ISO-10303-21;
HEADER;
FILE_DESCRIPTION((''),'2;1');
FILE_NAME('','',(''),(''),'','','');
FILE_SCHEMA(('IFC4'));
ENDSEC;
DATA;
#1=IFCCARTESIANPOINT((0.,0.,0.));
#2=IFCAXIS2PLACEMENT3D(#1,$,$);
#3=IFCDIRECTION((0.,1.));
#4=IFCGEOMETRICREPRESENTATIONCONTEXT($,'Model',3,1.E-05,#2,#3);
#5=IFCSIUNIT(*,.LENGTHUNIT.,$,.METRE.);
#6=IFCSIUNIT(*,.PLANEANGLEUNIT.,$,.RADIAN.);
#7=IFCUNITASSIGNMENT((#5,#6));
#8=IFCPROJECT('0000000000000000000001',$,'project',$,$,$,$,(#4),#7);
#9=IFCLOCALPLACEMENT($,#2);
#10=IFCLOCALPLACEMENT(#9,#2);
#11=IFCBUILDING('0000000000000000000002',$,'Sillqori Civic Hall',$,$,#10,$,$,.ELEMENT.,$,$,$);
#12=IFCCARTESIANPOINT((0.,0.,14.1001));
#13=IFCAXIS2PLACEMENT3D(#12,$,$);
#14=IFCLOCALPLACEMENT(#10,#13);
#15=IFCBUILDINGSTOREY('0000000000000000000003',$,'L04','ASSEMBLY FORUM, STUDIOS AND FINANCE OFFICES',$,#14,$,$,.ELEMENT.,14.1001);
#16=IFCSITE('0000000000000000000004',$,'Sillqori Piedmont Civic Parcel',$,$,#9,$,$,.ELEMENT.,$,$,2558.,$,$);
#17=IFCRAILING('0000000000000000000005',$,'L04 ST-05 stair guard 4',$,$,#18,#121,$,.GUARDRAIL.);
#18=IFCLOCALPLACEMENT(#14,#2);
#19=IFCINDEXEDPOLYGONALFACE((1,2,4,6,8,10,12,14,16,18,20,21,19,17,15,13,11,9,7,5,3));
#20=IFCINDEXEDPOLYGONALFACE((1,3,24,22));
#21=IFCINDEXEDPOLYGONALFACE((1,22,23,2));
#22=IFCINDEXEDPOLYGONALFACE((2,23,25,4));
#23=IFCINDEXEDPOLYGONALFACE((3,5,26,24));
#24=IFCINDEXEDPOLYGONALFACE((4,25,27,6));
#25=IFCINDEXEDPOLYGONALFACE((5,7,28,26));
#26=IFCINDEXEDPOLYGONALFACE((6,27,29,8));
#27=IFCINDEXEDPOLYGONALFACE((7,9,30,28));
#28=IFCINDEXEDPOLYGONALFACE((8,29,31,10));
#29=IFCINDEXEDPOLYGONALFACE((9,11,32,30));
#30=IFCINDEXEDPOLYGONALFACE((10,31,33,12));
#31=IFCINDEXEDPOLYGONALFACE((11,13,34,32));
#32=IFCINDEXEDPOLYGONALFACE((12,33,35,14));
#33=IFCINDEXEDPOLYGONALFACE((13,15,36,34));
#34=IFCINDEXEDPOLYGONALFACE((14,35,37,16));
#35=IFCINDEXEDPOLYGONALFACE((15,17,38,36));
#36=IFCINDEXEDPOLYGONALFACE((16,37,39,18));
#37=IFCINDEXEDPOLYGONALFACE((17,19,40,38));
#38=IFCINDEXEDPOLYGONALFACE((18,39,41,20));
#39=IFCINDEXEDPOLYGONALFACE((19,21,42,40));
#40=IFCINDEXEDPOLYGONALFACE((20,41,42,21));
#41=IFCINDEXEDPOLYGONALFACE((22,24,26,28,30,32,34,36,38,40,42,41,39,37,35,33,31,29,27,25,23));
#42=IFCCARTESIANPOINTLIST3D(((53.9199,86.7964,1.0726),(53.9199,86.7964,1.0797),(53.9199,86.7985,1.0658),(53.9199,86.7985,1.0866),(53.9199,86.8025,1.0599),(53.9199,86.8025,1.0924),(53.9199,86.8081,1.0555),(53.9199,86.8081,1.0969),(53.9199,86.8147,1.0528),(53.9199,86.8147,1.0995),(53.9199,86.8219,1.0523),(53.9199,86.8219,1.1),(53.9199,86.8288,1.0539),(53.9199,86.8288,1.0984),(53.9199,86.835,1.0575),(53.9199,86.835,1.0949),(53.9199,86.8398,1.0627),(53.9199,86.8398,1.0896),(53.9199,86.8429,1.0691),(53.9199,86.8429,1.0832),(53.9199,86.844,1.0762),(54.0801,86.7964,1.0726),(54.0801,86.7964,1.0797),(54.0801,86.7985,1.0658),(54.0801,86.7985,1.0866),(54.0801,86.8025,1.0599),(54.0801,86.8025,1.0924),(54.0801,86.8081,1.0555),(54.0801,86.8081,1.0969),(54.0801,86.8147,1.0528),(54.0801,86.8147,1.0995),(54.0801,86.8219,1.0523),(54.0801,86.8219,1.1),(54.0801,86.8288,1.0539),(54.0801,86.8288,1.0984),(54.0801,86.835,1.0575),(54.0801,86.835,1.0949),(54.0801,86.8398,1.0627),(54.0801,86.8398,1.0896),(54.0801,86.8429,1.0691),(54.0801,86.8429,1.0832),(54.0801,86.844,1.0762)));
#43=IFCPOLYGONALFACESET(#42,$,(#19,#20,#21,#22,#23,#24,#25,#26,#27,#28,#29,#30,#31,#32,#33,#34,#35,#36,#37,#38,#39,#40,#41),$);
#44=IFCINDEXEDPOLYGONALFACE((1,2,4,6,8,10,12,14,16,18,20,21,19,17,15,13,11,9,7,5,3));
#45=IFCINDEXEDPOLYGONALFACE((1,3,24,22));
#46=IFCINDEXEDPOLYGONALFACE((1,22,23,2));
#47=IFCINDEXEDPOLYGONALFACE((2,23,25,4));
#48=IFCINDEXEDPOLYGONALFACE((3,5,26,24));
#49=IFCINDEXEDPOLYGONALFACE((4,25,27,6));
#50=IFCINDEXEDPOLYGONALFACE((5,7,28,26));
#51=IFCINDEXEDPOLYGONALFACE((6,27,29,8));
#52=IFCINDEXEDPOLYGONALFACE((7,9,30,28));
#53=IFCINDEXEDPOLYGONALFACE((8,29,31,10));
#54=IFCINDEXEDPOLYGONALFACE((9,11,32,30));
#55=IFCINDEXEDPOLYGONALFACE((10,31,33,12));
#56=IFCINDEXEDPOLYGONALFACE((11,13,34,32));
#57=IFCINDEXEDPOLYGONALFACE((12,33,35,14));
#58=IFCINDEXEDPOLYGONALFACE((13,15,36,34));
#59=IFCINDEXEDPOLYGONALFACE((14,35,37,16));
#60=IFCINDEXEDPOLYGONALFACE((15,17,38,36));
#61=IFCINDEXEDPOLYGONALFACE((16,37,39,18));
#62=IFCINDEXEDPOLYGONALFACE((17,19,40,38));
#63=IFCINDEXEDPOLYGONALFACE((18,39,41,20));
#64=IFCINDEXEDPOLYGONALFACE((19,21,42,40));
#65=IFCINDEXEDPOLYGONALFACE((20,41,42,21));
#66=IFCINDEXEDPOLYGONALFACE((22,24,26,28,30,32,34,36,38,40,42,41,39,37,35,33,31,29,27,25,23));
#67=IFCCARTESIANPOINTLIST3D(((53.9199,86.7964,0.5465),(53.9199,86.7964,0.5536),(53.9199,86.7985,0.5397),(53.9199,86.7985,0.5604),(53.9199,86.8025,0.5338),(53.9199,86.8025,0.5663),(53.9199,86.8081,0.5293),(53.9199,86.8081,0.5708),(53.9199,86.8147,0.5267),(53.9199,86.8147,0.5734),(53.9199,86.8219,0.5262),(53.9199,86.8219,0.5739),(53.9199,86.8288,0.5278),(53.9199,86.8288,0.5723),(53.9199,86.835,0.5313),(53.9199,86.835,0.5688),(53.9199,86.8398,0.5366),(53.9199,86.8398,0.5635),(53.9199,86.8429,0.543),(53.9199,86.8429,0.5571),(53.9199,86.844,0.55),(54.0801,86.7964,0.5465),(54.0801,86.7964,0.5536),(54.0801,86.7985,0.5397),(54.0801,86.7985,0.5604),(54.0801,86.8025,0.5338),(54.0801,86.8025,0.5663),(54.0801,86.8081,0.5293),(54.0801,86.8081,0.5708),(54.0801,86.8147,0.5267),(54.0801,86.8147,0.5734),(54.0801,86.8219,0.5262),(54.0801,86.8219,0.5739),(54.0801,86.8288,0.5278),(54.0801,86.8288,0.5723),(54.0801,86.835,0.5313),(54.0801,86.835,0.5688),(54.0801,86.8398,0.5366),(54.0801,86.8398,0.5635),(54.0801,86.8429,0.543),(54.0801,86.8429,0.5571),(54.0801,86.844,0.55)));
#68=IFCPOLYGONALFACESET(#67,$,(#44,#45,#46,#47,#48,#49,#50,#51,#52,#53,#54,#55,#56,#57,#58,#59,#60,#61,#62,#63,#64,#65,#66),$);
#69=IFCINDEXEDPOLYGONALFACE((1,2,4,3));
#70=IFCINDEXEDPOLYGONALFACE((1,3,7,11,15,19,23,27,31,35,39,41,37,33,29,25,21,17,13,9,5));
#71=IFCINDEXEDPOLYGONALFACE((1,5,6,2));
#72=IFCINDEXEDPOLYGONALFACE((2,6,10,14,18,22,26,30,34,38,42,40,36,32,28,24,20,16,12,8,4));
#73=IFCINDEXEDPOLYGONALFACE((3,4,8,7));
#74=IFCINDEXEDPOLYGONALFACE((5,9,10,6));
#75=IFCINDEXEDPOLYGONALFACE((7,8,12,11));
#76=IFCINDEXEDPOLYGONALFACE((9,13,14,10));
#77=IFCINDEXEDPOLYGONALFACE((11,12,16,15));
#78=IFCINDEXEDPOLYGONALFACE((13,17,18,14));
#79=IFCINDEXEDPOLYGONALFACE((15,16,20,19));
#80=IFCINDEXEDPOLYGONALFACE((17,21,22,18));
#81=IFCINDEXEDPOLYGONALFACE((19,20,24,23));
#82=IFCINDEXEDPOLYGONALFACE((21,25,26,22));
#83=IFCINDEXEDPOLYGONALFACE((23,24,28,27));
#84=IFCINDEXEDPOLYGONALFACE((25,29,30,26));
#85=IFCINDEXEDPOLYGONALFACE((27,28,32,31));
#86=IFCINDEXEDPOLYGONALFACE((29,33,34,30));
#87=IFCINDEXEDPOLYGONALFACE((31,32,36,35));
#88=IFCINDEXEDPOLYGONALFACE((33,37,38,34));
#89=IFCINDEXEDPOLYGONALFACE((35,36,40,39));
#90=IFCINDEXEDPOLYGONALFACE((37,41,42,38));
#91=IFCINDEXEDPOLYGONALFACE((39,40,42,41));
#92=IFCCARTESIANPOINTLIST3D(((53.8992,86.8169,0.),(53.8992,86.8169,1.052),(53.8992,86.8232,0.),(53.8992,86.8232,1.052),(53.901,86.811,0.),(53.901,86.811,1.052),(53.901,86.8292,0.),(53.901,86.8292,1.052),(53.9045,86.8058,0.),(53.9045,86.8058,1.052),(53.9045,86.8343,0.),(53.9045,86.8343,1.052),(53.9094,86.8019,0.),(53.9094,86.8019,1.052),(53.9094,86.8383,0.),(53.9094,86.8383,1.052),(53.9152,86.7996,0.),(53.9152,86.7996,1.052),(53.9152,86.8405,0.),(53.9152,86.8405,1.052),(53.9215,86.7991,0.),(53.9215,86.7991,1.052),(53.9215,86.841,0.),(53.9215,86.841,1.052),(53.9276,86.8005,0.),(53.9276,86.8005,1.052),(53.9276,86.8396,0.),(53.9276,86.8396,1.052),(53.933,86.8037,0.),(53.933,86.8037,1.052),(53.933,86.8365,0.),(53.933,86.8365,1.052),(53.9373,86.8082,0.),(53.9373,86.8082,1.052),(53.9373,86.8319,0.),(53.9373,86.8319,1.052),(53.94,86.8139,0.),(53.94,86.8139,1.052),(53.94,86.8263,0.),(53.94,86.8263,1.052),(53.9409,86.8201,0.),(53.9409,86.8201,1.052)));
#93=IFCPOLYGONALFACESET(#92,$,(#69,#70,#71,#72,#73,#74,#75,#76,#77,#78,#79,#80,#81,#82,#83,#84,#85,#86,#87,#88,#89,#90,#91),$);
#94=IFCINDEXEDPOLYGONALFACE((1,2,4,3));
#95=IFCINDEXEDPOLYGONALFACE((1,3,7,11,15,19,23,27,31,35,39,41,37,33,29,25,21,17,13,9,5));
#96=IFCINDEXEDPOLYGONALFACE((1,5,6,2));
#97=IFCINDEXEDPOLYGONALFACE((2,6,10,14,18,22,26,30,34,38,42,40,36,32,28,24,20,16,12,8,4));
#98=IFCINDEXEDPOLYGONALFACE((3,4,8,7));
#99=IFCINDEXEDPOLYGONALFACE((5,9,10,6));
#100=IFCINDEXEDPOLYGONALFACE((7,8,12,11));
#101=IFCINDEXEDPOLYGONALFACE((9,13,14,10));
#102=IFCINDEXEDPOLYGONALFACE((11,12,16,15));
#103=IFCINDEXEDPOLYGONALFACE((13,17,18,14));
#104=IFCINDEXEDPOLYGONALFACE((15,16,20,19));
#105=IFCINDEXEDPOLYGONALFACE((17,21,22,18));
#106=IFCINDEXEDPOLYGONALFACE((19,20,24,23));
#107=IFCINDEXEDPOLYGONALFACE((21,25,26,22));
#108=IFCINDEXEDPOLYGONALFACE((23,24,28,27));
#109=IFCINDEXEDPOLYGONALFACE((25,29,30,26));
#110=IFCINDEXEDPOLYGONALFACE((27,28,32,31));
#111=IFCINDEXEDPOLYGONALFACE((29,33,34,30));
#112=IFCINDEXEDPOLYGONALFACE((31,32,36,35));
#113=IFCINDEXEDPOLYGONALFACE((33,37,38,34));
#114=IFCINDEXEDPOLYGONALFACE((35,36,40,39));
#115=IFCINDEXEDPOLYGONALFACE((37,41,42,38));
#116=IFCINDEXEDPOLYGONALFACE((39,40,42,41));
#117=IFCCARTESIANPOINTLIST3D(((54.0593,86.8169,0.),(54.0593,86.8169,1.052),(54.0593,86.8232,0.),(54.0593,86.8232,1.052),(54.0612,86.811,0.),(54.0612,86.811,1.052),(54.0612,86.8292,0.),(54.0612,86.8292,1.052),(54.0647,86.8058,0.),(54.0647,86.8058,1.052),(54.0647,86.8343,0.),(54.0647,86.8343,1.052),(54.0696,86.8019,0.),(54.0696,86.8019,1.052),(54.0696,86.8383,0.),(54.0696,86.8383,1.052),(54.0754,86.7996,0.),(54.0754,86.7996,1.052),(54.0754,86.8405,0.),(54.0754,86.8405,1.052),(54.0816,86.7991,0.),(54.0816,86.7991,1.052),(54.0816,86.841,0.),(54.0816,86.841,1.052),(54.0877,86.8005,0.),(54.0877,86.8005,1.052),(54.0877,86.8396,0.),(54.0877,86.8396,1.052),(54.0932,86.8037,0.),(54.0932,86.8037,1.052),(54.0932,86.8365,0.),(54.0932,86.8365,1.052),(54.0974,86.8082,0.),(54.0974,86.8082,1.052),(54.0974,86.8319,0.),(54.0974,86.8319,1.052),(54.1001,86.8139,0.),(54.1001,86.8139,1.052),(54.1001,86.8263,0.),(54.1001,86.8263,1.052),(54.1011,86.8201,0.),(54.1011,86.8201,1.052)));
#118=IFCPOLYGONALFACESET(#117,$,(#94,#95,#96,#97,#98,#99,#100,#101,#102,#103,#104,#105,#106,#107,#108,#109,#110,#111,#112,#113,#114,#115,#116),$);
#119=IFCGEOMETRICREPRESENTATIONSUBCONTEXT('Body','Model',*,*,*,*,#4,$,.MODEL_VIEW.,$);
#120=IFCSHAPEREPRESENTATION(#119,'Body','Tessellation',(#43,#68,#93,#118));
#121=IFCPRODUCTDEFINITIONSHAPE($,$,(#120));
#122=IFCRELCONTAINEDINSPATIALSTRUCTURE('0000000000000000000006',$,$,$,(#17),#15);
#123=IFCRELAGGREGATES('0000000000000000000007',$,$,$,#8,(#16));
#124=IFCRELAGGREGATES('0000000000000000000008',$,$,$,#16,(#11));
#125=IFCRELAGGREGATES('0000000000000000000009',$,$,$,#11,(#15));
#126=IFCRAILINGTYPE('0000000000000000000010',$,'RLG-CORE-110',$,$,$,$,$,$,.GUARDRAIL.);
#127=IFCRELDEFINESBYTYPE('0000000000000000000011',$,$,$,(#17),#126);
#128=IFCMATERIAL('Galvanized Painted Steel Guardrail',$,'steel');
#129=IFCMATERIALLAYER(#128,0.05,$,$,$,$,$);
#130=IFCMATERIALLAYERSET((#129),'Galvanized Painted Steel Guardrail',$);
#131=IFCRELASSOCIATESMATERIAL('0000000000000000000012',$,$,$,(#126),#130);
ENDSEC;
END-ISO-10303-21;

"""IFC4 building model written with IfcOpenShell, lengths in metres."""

from ifc_helpers import new_model, si_unit, direction, frame, origin, origin_2d, place, context, subcontext, project, spatial, circle, extrude, material, layer, layer_set, type_object, element, save


model = new_model("IFC4")

# Units and contexts
model_context = context("Model", 3, precision=1e-05, world=origin(), true_north=direction((0.0, 1.0)))
body_context = subcontext(model_context, "Body", "Model", "MODEL_VIEW")
ifc_project = project(units=[si_unit("LENGTHUNIT", "METRE"), si_unit("PLANEANGLEUNIT", "RADIAN")], contexts=[model_context])

# Site, building, storey
site_placement = place(None, origin())
site = spatial("IfcSite", under=ifc_project, at=site_placement, Name="Sillqori Piedmont Civic Parcel", CompositionType="ELEMENT", RefElevation=2558.0)
building_placement = place(site_placement, origin())
building = spatial("IfcBuilding", under=site, at=building_placement, Name="Sillqori Civic Hall", CompositionType="ELEMENT")
storey_placement = place(building_placement, frame((0.0, 0.0, 14.1001)))
storey = spatial("IfcBuildingStorey", under=building, at=storey_placement, Name="L04", Description="ASSEMBLY FORUM, STUDIOS AND FINANCE OFFICES", CompositionType="ELEMENT", Elevation=14.1001)

# Railing
ifc_material_1 = material(Name="Galvanized Painted Steel Guardrail", Category="steel")
ifc_layer_1 = layer(ifc_material_1, 0.05)
ifc_layer_set_1 = layer_set([ifc_layer_1], Name="Galvanized Painted Steel Guardrail")
railing_type_1 = type_object("IfcRailingType", Name="RLG-CORE-110", PredefinedType="GUARDRAIL", material=ifc_layer_set_1)
for number, where, name in (
    (1, (53.9199, 86.8201, 0.0), "L04 ST-05 stair guard 4"),
):
    element("IfcRailing", number, at=place(storey_placement, frame(where)), inside=storey, type_object=railing_type_1, Name=name, PredefinedType="GUARDRAIL", context=body_context, shape_type="SweptSolid", body=[
        extrude(circle(Radius=0.0239, at=origin_2d()), frame((0.0, 0.0, 1.0762), z_axis=(1.0, 0.0, 0.0), x_axis=(0.0, 1.0, 0.0)), (0.0, 0.0, 1.0), 0.1602),
        extrude(circle(Radius=0.0239, at=origin_2d()), frame((0.0, 0.0, 0.55), z_axis=(1.0, 0.0, 0.0), x_axis=(0.0, 1.0, 0.0)), (0.0, 0.0, 1.0), 0.1602),
        extrude(circle(Radius=0.021, at=origin_2d()), origin(), (0.0, 0.0, 1.0), 1.052),
        extrude(circle(Radius=0.021, at=origin_2d()), frame((0.1602, 0.0, 0.0)), (0.0, 0.0, 1.0), 1.052),
    ])

save(model, "model.ifc")
